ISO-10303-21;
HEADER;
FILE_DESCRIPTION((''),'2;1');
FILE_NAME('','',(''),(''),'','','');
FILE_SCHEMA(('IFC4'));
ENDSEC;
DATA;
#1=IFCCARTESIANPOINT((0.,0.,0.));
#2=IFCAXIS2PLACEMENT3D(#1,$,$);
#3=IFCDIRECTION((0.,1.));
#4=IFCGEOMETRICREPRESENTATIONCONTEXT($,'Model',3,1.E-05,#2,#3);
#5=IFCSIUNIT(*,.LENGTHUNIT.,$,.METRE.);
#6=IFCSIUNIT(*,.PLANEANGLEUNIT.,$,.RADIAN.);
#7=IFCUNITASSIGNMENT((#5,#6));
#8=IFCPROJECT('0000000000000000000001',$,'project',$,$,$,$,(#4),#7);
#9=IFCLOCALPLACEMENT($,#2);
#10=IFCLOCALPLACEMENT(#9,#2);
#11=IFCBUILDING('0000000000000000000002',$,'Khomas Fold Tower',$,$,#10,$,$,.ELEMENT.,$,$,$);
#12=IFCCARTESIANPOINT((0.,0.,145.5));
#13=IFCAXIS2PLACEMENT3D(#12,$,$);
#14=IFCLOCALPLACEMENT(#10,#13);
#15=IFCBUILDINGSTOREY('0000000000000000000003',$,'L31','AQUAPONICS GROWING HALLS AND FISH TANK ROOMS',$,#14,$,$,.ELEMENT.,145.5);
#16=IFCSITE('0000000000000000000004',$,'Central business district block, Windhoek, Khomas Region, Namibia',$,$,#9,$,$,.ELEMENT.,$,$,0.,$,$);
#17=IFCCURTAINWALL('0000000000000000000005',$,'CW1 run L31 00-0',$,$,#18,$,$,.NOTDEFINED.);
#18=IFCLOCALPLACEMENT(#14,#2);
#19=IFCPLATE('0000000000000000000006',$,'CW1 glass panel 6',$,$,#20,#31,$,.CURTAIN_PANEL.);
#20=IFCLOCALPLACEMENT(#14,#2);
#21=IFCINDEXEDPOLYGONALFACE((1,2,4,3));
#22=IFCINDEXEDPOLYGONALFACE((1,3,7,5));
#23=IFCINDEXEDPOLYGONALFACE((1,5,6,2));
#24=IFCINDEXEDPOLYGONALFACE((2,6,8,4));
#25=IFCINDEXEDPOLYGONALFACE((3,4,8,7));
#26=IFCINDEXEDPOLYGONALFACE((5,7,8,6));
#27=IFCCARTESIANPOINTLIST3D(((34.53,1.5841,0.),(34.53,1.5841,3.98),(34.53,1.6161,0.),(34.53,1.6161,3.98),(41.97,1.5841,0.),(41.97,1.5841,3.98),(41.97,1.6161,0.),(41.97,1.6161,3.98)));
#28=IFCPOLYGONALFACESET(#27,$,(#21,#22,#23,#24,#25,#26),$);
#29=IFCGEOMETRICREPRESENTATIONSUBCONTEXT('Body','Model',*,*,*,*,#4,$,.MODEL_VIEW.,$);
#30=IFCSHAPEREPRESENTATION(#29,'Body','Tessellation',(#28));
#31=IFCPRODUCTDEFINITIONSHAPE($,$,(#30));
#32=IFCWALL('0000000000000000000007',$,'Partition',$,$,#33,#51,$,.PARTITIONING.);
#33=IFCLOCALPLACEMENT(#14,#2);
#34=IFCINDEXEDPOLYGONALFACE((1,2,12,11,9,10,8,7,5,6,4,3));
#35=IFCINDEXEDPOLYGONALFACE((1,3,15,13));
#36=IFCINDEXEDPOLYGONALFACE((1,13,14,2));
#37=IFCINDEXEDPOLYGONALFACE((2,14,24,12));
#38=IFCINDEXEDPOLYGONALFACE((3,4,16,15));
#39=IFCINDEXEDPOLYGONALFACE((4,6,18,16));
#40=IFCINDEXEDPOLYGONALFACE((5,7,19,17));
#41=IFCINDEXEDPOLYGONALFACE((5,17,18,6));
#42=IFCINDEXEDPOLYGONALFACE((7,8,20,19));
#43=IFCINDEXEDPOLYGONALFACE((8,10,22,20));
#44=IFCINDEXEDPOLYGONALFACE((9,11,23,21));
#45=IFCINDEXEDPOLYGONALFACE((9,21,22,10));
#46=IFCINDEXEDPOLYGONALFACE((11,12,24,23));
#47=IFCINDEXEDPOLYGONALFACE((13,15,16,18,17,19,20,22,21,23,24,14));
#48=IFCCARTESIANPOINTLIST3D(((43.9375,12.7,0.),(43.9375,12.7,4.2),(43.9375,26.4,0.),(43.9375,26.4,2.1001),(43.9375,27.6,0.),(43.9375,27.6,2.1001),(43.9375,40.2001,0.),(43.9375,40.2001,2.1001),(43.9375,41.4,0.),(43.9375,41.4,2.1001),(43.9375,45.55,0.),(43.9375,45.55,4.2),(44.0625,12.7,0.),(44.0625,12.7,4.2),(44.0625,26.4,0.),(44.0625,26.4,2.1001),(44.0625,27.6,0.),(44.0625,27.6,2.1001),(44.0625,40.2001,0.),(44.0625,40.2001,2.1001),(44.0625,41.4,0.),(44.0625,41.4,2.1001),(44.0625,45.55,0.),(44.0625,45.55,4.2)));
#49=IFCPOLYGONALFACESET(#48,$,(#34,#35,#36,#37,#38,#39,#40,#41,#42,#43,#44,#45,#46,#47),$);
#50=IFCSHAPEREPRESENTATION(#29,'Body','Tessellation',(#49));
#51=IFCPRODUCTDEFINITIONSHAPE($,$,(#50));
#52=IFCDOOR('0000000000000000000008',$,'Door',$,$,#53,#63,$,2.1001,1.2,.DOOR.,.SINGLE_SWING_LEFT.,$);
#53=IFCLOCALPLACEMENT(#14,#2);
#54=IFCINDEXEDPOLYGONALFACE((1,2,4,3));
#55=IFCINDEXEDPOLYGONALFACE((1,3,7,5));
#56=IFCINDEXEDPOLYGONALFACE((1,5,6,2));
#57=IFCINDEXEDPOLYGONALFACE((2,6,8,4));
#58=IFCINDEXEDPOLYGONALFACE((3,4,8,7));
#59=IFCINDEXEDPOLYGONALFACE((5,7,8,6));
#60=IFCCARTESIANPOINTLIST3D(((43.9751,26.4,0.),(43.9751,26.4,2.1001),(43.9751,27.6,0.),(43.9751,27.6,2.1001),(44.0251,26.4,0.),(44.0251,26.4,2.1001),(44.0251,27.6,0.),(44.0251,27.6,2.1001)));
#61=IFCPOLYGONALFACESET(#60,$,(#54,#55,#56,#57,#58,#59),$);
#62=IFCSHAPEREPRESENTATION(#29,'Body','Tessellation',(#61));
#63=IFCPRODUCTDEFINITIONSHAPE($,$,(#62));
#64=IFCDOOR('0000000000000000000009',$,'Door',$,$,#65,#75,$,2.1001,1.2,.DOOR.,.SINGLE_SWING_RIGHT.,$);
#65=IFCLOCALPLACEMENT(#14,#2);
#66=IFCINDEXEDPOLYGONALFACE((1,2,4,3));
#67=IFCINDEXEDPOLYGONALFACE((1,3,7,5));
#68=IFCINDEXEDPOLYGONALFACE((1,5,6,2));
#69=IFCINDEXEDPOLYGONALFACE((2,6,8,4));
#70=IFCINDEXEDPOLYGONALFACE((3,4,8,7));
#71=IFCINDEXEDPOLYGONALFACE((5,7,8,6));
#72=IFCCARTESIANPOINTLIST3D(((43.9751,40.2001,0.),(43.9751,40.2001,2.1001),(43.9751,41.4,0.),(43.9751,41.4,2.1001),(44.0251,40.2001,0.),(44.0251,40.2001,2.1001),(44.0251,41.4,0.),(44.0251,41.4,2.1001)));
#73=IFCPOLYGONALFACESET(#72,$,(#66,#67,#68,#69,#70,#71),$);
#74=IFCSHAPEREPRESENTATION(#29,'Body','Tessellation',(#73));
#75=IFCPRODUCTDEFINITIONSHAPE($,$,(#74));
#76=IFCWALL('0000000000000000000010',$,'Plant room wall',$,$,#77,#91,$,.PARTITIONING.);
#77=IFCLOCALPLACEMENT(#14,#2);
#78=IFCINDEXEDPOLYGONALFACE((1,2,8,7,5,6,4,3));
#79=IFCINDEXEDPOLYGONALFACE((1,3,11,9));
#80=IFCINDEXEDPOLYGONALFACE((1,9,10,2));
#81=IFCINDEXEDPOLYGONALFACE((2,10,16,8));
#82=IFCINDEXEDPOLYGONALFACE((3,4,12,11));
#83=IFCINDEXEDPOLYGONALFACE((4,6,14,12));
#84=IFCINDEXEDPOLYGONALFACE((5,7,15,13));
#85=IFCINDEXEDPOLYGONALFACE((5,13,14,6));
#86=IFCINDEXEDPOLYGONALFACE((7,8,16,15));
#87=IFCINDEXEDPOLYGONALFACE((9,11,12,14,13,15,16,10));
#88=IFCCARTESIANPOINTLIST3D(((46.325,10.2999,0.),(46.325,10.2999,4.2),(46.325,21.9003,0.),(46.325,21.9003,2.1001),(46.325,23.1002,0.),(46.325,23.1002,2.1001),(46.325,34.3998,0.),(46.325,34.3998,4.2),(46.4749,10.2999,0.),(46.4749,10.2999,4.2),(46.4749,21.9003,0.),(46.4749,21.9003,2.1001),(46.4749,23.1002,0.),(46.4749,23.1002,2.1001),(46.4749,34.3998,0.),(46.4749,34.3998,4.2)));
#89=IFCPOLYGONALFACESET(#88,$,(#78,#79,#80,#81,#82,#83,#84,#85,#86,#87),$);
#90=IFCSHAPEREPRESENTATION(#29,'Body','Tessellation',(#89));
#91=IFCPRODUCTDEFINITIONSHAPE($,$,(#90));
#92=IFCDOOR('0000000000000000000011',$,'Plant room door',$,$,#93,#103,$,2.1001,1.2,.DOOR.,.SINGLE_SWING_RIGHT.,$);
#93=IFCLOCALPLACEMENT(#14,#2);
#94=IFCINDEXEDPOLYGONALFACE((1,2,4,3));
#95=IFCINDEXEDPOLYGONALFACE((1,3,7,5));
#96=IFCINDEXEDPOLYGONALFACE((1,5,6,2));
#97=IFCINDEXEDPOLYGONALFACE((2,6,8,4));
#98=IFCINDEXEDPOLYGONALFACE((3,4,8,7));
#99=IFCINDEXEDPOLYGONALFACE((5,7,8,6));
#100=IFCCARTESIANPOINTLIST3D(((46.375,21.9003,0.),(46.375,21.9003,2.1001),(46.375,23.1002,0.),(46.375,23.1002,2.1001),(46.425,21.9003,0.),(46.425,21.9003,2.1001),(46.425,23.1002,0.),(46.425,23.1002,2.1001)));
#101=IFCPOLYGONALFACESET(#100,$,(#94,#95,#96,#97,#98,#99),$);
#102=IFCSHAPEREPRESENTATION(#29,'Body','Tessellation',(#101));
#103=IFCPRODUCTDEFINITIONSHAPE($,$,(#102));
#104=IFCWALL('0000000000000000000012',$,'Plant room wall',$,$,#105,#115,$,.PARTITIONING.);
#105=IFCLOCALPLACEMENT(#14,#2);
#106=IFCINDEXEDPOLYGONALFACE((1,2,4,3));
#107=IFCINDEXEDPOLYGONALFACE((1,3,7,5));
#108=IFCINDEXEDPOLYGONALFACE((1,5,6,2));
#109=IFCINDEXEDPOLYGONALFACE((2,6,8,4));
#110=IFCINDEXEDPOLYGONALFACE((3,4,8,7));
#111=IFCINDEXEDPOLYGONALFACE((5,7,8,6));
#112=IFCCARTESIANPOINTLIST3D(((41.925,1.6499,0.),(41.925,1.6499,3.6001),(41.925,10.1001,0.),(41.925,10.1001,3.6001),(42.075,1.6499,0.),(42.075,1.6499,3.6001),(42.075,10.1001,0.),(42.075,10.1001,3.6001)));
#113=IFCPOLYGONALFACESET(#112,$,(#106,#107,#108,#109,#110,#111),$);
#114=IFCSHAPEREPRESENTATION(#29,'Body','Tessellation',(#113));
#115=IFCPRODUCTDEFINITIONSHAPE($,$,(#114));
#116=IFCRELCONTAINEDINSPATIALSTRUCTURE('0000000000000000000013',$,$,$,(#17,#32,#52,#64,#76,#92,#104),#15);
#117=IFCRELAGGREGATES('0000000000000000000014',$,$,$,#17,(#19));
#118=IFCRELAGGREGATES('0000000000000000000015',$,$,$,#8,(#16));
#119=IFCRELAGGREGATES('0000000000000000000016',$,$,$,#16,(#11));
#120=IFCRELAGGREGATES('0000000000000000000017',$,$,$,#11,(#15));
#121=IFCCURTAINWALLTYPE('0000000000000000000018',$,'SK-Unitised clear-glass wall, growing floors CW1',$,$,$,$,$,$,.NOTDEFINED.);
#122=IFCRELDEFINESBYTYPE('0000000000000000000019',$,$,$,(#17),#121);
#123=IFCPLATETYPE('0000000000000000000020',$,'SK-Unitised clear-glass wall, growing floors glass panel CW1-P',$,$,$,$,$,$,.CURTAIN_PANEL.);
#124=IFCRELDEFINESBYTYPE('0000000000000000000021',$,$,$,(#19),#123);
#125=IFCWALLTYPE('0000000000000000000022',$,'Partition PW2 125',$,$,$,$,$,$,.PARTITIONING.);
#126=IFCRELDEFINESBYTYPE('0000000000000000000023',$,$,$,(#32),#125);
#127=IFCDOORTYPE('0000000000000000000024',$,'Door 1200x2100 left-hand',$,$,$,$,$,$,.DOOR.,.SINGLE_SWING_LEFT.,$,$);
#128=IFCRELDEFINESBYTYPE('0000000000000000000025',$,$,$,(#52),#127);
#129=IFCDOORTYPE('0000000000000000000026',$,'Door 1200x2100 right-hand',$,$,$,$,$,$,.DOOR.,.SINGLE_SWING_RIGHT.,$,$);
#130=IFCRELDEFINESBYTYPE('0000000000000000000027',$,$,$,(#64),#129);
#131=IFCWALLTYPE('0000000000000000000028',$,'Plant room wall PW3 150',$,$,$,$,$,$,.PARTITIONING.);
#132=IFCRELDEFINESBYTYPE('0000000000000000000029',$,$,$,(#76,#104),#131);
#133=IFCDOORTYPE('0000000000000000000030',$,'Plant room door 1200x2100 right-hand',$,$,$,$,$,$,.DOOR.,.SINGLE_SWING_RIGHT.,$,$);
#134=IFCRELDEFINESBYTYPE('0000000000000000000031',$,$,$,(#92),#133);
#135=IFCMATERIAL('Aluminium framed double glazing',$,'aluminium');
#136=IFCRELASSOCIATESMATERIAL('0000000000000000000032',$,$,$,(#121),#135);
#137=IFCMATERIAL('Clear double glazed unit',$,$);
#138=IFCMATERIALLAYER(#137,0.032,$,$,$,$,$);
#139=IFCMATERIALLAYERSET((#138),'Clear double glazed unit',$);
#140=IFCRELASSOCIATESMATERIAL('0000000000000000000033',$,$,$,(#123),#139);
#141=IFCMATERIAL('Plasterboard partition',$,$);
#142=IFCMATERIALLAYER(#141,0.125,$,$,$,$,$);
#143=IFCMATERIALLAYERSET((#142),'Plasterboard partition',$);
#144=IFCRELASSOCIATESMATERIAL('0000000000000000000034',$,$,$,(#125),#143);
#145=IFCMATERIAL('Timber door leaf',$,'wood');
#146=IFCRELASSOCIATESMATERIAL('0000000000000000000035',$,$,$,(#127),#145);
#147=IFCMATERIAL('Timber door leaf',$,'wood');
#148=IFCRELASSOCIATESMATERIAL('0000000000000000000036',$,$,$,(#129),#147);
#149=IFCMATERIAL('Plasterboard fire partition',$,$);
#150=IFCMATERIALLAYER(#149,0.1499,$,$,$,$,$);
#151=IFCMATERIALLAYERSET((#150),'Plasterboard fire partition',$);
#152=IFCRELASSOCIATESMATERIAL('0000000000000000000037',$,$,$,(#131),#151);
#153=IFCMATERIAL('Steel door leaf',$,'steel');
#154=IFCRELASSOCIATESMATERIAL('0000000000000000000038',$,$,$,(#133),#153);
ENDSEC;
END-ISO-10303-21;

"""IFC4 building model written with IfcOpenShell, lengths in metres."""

from ifc_helpers import new_model, si_unit, direction, frame, frame_2d, origin, origin_2d, place, context, subcontext, project, spatial, rectangle, extrude, source, transform, mapped, material, layer, layer_set, type_object, element, fill, aggregate, save


model = new_model("IFC4")

# Units and contexts
model_context = context("Model", 3, precision=1e-05, world=origin(), true_north=direction((0.0, 1.0)))
body_context = subcontext(model_context, "Body", "Model", "MODEL_VIEW")
ifc_project = project(units=[si_unit("LENGTHUNIT", "METRE"), si_unit("PLANEANGLEUNIT", "RADIAN")], contexts=[model_context])

# Site, building, storey
site_placement = place(None, origin())
site = spatial("IfcSite", under=ifc_project, at=site_placement, Name="Central business district block, Windhoek, Khomas Region, Namibia", CompositionType="ELEMENT", RefElevation=0.0)
building_placement = place(site_placement, origin())
building = spatial("IfcBuilding", under=site, at=building_placement, Name="Khomas Fold Tower", CompositionType="ELEMENT")
storey_placement = place(building_placement, frame((0.0, 0.0, 145.5)))
storey = spatial("IfcBuildingStorey", under=building, at=storey_placement, Name="L31", Description="AQUAPONICS GROWING HALLS AND FISH TANK ROOMS", CompositionType="ELEMENT", Elevation=145.5)

# Curtain wall, plate
ifc_material_1 = material(Name="Aluminium framed double glazing", Category="aluminium")
curtain_wall_type = type_object("IfcCurtainWallType", Name="SK-Unitised clear-glass wall, growing floors CW1", PredefinedType="NOTDEFINED", material=ifc_material_1)
curtain_wall_placement = place(storey_placement, origin())
curtain_wall = element("IfcCurtainWall", 1, at=curtain_wall_placement, inside=storey, type_object=curtain_wall_type, Name="CW1 run L31 00-0", PredefinedType="NOTDEFINED")
ifc_material_2 = material(Name="Clear double glazed unit")
ifc_layer_1 = layer(ifc_material_2, 0.032)
ifc_layer_set_1 = layer_set([ifc_layer_1], Name="Clear double glazed unit")
plate_type = type_object("IfcPlateType", Name="SK-Unitised clear-glass wall, growing floors glass panel CW1-P", PredefinedType="CURTAIN_PANEL", material=ifc_layer_set_1)
shared_shape_1 = source(origin(), body_context, "Body", "SweptSolid", [
    extrude(rectangle(XDim=7.4399, YDim=0.032, at=origin_2d()), origin(), (0.0, 0.0, 1.0), 3.98),
])
plate_1_placement = place(storey_placement, frame((38.25, 1.6001, 0.0), z_axis=(0.0, 0.0, 1.0), x_axis=(1.0, 0.0, 0.0)))
plate_1 = element("IfcPlate", 2, at=plate_1_placement, type_object=plate_type, Name="CW1 glass panel 6", PredefinedType="CURTAIN_PANEL", context=body_context, shape_type="MappedRepresentation", body=[
    mapped(shared_shape_1, transform((0.0, 0.0, 0.0))),
])
aggregate(curtain_wall, [plate_1])

# Wall, openings, doors
ifc_material_3 = material(Name="Plasterboard partition")
ifc_layer_2 = layer(ifc_material_3, 0.125)
ifc_layer_set_2 = layer_set([ifc_layer_2], Name="Plasterboard partition")
wall_type_1 = type_object("IfcWallType", Name="Partition PW2 125", PredefinedType="PARTITIONING", material=ifc_layer_set_2)
shared_shape_2 = source(origin(), body_context, "Body", "SweptSolid", [
    extrude(rectangle(XDim=32.8501, YDim=0.125, at=frame_2d((16.425, 0.0))), origin(), (0.0, 0.0, 1.0), 4.2),
])
wall_1_placement = place(storey_placement, frame((44.0, 12.7, 0.0), z_axis=(0.0, 0.0, 1.0), x_axis=(0.0, 1.0, 0.0)))
wall_1 = element("IfcWall", 3, at=wall_1_placement, inside=storey, type_object=wall_type_1, Name="Partition", PredefinedType="PARTITIONING", context=body_context, shape_type="MappedRepresentation", body=[
    mapped(shared_shape_2, transform((0.0, 0.0, 0.0))),
])
shared_shape_3 = source(origin(), body_context, "Body", "SweptSolid", [
    extrude(rectangle(XDim=1.2, YDim=2.1001, at=frame_2d((0.6001, 1.05))), frame((0.0, 0.0725, 0.0), z_axis=(0.0, -1.0, 0.0), x_axis=(1.0, 0.0, 0.0)), (0.0, 0.0, 1.0), 0.145),
])
opening_1_placement = place(wall_1_placement, frame((13.7, 0.0, 0.0)))
opening_1 = element("IfcOpeningElement", 4, at=opening_1_placement, cuts=wall_1, PredefinedType="OPENING", context=body_context, shape_type="MappedRepresentation", body=[
    mapped(shared_shape_3, transform((0.0, 0.0, 0.0))),
])
opening_2_placement = place(wall_1_placement, frame((27.5, 0.0, 0.0)))
opening_2 = element("IfcOpeningElement", 5, at=opening_2_placement, cuts=wall_1, PredefinedType="OPENING", context=body_context, shape_type="MappedRepresentation", body=[
    mapped(shared_shape_3, transform((0.0, 0.0, 0.0))),
])
ifc_material_4 = material(Name="Timber door leaf", Category="wood")
door_type_1 = type_object("IfcDoorType", Name="Door 1200x2100 left-hand", OperationType="SINGLE_SWING_LEFT", PredefinedType="DOOR", material=ifc_material_4)
shared_shape_4 = source(origin(), body_context, "Body", "SweptSolid", [
    extrude(rectangle(XDim=1.2, YDim=2.1001, at=frame_2d((0.6001, 1.05))), frame((0.0, 0.0249, 0.0), z_axis=(0.0, -1.0, 0.0), x_axis=(1.0, 0.0, 0.0)), (0.0, 0.0, 1.0), 0.05),
])
door_1_placement = place(opening_1_placement, origin())
door_1 = element("IfcDoor", 6, at=door_1_placement, inside=storey, type_object=door_type_1, Name="Door", OperationType="SINGLE_SWING_LEFT", OverallHeight=2.1001, OverallWidth=1.2, PredefinedType="DOOR", context=body_context, shape_type="MappedRepresentation", body=[
    mapped(shared_shape_4, transform((0.0, 0.0, 0.0))),
])
fill(opening_1, door_1)
ifc_material_5 = material(Name="Timber door leaf", Category="wood")
door_type_2 = type_object("IfcDoorType", Name="Door 1200x2100 right-hand", OperationType="SINGLE_SWING_RIGHT", PredefinedType="DOOR", material=ifc_material_5)
door_2_placement = place(opening_2_placement, origin())
door_2 = element("IfcDoor", 7, at=door_2_placement, inside=storey, type_object=door_type_2, Name="Door", OperationType="SINGLE_SWING_RIGHT", OverallHeight=2.1001, OverallWidth=1.2, PredefinedType="DOOR", context=body_context, shape_type="MappedRepresentation", body=[
    mapped(shared_shape_4, transform((0.0, 0.0, 0.0))),
])
fill(opening_2, door_2)

# Wall, opening, door
ifc_material_6 = material(Name="Plasterboard fire partition")
ifc_layer_3 = layer(ifc_material_6, 0.1499)
ifc_layer_set_3 = layer_set([ifc_layer_3], Name="Plasterboard fire partition")
wall_type_2 = type_object("IfcWallType", Name="Plant room wall PW3 150", PredefinedType="PARTITIONING", material=ifc_layer_set_3)
shared_shape_5 = source(origin(), body_context, "Body", "SweptSolid", [
    extrude(rectangle(XDim=24.0999, YDim=0.1499, at=frame_2d((12.0498, 0.0))), origin(), (0.0, 0.0, 1.0), 4.2),
])
wall_2_placement = place(storey_placement, frame((46.3999, 10.3, 0.0), z_axis=(0.0, 0.0, 1.0), x_axis=(0.0, 1.0, 0.0)))
wall_2 = element("IfcWall", 8, at=wall_2_placement, inside=storey, type_object=wall_type_2, Name="Plant room wall", PredefinedType="PARTITIONING", context=body_context, shape_type="MappedRepresentation", body=[
    mapped(shared_shape_5, transform((0.0, 0.0, 0.0))),
])
shared_shape_6 = source(origin(), body_context, "Body", "SweptSolid", [
    extrude(rectangle(XDim=1.2, YDim=2.1001, at=frame_2d((0.6001, 1.05))), frame((0.0, 0.085, 0.0), z_axis=(0.0, -1.0, 0.0), x_axis=(1.0, 0.0, 0.0)), (0.0, 0.0, 1.0), 0.1699),
])
opening_3_placement = place(wall_2_placement, frame((11.6001, 0.0, 0.0)))
opening_3 = element("IfcOpeningElement", 9, at=opening_3_placement, cuts=wall_2, PredefinedType="OPENING", context=body_context, shape_type="MappedRepresentation", body=[
    mapped(shared_shape_6, transform((0.0, 0.0, 0.0))),
])
ifc_material_7 = material(Name="Steel door leaf", Category="steel")
door_type_3 = type_object("IfcDoorType", Name="Plant room door 1200x2100 right-hand", OperationType="SINGLE_SWING_RIGHT", PredefinedType="DOOR", material=ifc_material_7)
door_3_placement = place(opening_3_placement, origin())
door_3 = element("IfcDoor", 10, at=door_3_placement, inside=storey, type_object=door_type_3, Name="Plant room door", OperationType="SINGLE_SWING_RIGHT", OverallHeight=2.1001, OverallWidth=1.2, PredefinedType="DOOR", context=body_context, shape_type="MappedRepresentation", body=[
    mapped(shared_shape_4, transform((0.0, 0.0, 0.0))),
])
fill(opening_3, door_3)

# Wall
shared_shape_7 = source(origin(), body_context, "Body", "SweptSolid", [
    extrude(rectangle(XDim=8.4502, YDim=0.1499, at=frame_2d((4.2251, 0.0))), origin(), (0.0, 0.0, 1.0), 3.6001),
])
wall_3_placement = place(storey_placement, frame((42.0, 1.6499, 0.0), z_axis=(0.0, 0.0, 1.0), x_axis=(0.0, 1.0, 0.0)))
element("IfcWall", 11, at=wall_3_placement, inside=storey, type_object=wall_type_2, Name="Plant room wall", PredefinedType="PARTITIONING", context=body_context, shape_type="MappedRepresentation", body=[
    mapped(shared_shape_7, transform((0.0, 0.0, 0.0))),
])

save(model, "model.ifc")
